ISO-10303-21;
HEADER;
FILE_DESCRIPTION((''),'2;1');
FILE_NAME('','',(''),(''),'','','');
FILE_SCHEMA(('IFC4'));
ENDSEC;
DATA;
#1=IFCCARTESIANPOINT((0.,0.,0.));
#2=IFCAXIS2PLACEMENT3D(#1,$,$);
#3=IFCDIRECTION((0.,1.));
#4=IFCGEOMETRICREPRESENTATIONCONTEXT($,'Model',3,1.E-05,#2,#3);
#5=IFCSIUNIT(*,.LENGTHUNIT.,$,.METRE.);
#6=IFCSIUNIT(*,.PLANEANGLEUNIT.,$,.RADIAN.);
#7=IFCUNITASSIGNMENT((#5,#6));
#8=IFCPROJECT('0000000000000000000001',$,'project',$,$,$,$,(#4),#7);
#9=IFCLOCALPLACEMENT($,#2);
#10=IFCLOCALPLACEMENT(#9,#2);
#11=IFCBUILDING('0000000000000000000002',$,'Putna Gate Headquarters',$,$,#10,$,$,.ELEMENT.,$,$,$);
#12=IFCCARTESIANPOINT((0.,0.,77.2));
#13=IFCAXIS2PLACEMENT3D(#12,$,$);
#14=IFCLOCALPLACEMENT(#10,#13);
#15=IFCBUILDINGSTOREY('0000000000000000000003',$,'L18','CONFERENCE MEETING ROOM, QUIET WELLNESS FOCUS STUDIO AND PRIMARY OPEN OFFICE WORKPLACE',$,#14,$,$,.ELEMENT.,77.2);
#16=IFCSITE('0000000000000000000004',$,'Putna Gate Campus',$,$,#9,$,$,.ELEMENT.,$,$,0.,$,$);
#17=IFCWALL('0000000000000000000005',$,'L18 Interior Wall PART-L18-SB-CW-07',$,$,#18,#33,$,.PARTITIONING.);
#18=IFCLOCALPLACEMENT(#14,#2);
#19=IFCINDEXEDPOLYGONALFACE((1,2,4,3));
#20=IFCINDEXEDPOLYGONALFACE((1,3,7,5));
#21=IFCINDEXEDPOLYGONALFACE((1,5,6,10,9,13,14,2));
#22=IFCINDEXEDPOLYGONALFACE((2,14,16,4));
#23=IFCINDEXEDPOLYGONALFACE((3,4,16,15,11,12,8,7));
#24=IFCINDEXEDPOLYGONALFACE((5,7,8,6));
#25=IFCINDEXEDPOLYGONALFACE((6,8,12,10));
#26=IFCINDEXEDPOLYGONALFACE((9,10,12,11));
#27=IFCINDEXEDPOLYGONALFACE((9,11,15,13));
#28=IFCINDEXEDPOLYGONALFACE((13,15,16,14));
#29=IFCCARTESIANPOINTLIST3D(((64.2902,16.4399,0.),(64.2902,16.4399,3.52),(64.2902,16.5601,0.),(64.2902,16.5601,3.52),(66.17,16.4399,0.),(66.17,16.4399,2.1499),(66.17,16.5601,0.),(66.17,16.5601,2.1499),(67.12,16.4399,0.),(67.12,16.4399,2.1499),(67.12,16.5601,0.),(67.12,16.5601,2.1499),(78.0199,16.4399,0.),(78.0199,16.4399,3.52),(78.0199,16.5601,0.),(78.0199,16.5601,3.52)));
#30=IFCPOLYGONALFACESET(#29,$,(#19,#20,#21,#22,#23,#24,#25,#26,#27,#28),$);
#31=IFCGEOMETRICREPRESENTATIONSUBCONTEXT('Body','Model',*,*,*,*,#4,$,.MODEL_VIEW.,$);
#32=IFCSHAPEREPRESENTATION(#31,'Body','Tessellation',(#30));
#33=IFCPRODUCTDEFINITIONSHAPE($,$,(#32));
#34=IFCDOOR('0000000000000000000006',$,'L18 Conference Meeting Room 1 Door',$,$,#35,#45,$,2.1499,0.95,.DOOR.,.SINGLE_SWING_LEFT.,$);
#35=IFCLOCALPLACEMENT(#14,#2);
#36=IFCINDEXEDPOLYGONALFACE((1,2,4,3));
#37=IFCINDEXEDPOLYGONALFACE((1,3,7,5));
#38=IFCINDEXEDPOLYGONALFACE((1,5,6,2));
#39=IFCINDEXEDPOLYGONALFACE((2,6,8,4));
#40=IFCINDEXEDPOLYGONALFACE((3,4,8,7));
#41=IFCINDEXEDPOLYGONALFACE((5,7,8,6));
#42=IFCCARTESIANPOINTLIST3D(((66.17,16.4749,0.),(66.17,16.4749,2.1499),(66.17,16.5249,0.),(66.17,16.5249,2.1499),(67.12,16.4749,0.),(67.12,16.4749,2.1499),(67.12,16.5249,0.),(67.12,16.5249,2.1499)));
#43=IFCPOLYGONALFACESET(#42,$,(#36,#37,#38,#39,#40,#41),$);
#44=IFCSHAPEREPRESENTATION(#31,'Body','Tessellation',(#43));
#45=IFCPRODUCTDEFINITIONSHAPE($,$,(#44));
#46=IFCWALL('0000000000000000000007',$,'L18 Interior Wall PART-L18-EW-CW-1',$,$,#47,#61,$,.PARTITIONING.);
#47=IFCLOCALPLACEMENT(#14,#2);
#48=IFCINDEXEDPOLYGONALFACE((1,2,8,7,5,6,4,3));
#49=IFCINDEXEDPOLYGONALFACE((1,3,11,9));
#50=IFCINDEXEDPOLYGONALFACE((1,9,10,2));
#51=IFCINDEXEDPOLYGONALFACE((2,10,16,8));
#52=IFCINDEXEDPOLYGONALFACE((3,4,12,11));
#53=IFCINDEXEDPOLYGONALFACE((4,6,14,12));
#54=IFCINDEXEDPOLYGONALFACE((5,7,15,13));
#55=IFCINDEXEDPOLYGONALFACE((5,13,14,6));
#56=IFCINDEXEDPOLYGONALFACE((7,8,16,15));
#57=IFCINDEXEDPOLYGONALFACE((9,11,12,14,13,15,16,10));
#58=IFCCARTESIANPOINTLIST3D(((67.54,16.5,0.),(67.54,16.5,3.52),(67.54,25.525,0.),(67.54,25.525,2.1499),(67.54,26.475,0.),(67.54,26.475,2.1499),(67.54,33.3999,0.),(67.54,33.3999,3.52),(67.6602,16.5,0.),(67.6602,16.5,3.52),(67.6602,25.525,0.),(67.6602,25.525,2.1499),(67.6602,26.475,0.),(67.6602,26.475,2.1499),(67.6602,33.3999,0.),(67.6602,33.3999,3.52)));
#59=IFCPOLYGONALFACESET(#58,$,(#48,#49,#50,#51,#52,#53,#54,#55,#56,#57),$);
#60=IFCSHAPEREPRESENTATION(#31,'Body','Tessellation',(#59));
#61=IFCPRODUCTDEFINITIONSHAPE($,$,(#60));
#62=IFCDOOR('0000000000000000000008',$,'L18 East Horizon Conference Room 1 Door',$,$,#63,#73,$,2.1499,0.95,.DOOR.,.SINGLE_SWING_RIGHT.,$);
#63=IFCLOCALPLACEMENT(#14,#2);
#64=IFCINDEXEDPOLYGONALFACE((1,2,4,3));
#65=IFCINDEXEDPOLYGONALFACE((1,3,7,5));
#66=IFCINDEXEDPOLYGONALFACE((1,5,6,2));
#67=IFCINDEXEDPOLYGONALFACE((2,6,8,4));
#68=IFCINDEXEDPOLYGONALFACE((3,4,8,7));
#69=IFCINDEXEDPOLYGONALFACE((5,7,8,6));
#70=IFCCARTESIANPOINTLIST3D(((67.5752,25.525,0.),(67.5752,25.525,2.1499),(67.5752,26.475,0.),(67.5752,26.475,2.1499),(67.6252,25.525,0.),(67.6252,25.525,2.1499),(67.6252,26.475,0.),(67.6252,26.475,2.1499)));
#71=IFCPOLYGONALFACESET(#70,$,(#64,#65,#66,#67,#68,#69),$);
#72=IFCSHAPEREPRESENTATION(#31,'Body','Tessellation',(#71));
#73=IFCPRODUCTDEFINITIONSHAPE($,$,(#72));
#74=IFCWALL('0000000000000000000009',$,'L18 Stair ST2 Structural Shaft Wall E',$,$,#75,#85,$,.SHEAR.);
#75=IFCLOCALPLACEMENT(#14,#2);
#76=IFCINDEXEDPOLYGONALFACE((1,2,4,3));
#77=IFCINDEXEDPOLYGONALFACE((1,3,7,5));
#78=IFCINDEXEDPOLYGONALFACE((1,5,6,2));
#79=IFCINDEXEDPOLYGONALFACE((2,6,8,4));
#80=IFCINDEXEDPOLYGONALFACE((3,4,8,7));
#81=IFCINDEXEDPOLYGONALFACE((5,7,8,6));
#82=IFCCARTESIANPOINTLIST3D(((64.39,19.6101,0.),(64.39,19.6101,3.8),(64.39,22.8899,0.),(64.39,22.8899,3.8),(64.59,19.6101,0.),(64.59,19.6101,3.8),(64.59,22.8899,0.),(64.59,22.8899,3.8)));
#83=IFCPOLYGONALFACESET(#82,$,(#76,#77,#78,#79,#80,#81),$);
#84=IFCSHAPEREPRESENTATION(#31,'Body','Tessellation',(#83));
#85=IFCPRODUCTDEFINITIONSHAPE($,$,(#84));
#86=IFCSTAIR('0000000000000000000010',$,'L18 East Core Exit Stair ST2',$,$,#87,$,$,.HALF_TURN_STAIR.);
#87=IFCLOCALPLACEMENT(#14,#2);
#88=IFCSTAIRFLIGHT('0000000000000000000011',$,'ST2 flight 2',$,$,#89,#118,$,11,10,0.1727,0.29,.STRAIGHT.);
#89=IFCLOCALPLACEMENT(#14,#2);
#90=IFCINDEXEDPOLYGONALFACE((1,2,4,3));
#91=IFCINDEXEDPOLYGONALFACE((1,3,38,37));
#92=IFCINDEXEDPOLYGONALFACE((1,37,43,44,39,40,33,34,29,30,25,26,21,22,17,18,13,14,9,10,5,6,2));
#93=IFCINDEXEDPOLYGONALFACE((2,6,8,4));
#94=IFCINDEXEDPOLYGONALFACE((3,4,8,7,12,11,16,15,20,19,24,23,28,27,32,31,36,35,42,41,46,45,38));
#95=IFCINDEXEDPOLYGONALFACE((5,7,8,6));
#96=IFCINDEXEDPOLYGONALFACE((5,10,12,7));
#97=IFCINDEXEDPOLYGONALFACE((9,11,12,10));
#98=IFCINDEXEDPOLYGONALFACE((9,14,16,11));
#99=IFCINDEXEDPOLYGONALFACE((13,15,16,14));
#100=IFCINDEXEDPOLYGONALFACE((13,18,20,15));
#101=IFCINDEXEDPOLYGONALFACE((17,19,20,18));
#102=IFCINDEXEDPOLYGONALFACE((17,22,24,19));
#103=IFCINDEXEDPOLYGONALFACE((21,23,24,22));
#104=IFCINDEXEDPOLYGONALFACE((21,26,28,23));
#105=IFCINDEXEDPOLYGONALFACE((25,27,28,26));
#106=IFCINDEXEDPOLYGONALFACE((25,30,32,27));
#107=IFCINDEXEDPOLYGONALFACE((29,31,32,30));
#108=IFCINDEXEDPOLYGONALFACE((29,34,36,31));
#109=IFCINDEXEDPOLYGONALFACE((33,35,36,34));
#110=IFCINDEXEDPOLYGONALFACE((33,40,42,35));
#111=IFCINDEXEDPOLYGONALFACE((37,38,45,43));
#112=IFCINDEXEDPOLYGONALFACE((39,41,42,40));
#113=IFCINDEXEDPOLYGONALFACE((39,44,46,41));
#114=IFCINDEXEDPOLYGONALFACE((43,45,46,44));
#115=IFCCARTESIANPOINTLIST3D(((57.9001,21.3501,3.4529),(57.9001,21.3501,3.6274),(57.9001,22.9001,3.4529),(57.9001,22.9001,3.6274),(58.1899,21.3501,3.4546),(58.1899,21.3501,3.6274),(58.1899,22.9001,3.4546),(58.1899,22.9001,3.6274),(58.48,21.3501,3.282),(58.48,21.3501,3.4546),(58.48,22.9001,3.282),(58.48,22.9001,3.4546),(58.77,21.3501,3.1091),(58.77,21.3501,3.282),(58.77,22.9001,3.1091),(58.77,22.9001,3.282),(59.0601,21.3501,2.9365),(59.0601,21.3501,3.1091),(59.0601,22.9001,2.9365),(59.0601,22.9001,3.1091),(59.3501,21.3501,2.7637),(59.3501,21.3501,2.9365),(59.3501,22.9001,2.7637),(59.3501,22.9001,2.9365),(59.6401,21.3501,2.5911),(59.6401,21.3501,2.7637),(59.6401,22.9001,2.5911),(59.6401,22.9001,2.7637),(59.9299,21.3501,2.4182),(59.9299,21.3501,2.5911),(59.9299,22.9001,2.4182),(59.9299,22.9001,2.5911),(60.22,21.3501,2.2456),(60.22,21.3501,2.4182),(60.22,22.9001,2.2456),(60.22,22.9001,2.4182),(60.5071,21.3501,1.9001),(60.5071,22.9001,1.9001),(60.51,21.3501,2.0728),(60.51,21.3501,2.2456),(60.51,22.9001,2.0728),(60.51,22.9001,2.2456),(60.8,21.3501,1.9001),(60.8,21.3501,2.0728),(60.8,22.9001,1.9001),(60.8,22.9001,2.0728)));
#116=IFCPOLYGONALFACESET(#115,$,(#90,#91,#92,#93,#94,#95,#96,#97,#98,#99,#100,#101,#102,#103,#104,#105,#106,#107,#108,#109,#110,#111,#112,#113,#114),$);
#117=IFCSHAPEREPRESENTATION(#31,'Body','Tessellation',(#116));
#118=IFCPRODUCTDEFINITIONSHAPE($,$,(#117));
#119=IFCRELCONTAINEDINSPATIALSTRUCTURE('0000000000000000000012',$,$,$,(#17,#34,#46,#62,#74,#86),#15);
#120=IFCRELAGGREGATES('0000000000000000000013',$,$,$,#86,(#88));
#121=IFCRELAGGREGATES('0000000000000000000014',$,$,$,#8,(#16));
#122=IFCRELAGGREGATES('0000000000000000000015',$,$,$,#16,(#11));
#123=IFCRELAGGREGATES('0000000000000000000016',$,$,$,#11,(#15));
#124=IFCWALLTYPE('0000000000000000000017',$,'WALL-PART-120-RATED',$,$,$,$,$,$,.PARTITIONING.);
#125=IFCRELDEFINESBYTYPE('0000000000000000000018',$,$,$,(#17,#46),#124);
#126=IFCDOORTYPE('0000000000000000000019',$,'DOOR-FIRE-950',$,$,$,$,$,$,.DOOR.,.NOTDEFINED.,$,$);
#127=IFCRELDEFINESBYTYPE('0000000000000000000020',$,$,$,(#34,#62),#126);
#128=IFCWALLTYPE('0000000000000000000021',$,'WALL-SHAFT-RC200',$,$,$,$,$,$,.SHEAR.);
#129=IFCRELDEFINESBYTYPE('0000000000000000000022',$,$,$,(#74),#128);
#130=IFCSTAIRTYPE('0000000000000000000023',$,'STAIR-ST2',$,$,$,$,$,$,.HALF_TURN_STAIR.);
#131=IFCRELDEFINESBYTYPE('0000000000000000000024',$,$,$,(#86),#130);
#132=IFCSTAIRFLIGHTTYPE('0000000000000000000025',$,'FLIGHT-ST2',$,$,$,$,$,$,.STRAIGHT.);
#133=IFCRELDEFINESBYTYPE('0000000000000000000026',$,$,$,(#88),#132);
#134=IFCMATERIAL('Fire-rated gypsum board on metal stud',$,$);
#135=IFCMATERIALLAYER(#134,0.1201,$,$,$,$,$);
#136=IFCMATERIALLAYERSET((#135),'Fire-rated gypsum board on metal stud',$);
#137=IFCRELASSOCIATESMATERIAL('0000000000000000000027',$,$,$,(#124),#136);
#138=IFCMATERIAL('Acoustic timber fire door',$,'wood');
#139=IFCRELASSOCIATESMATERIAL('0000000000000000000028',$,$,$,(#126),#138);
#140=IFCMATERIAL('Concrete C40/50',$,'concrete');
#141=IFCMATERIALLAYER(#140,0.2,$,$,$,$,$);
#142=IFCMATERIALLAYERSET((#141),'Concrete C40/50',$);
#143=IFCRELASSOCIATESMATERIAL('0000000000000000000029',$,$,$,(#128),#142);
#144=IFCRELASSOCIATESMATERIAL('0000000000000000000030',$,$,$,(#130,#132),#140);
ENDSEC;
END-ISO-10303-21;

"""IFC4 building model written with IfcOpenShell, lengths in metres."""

from ifc_helpers import new_model, si_unit, direction, frame, frame_2d, origin, place, context, subcontext, project, spatial, polyline, rectangle, outline, extrude, material, layer, layer_set, type_object, element, fill, aggregate, save


model = new_model("IFC4")

# Units and contexts
model_context = context("Model", 3, precision=1e-05, world=origin(), true_north=direction((0.0, 1.0)))
body_context = subcontext(model_context, "Body", "Model", "MODEL_VIEW")
ifc_project = project(units=[si_unit("LENGTHUNIT", "METRE"), si_unit("PLANEANGLEUNIT", "RADIAN")], contexts=[model_context])

# Site, building, storey
site_placement = place(None, origin())
site = spatial("IfcSite", under=ifc_project, at=site_placement, Name="Putna Gate Campus", CompositionType="ELEMENT", RefElevation=0.0)
building_placement = place(site_placement, origin())
building = spatial("IfcBuilding", under=site, at=building_placement, Name="Putna Gate Headquarters", CompositionType="ELEMENT")
storey_placement = place(building_placement, frame((0.0, 0.0, 77.2)))
storey = spatial("IfcBuildingStorey", under=building, at=storey_placement, Name="L18", Description="CONFERENCE MEETING ROOM, QUIET WELLNESS FOCUS STUDIO AND PRIMARY OPEN OFFICE WORKPLACE", CompositionType="ELEMENT", Elevation=77.2)

# Walls, openings, doors
ifc_material_1 = material(Name="Fire-rated gypsum board on metal stud")
ifc_layer_1 = layer(ifc_material_1, 0.1201)
ifc_layer_set_1 = layer_set([ifc_layer_1], Name="Fire-rated gypsum board on metal stud")
wall_type_1 = type_object("IfcWallType", Name="WALL-PART-120-RATED", PredefinedType="PARTITIONING", material=ifc_layer_set_1)
wall_1_placement = place(storey_placement, frame((64.2903, 16.5, 0.0), z_axis=(0.0, 0.0, 1.0), x_axis=(1.0, 0.0, 0.0)))
wall_1 = element("IfcWall", 1, at=wall_1_placement, inside=storey, type_object=wall_type_1, Name="L18 Interior Wall PART-L18-SB-CW-07", PredefinedType="PARTITIONING", context=body_context, shape_type="SweptSolid", body=[
    extrude(rectangle(XDim=13.7297, YDim=0.1201, at=frame_2d((6.8647, 0.0))), origin(), (0.0, 0.0, 1.0), 3.52),
])
opening_1_placement = place(wall_1_placement, frame((1.8796, 0.0, 0.0)))
opening_1 = element("IfcOpeningElement", 2, at=opening_1_placement, cuts=wall_1, PredefinedType="OPENING", context=body_context, shape_type="SweptSolid", body=[
    extrude(rectangle(XDim=0.95, YDim=2.1499, at=frame_2d((0.4751, 1.075))), frame((0.0, 0.0701, 0.0), z_axis=(0.0, -1.0, 0.0), x_axis=(1.0, 0.0, 0.0)), (0.0, 0.0, 1.0), 0.1401),
])
ifc_material_2 = material(Name="Acoustic timber fire door", Category="wood")
door_type_1 = type_object("IfcDoorType", Name="DOOR-FIRE-950", OperationType="NOTDEFINED", PredefinedType="DOOR", material=ifc_material_2)
door_1_placement = place(opening_1_placement, origin())
door_1 = element("IfcDoor", 3, at=door_1_placement, inside=storey, type_object=door_type_1, Name="L18 Conference Meeting Room 1 Door", OperationType="SINGLE_SWING_LEFT", OverallHeight=2.1499, OverallWidth=0.95, PredefinedType="DOOR", context=body_context, shape_type="SweptSolid", body=[
    extrude(rectangle(XDim=0.95, YDim=2.1499, at=frame_2d((0.4751, 1.075))), frame((0.0, 0.0249, 0.0), z_axis=(0.0, -1.0, 0.0), x_axis=(1.0, 0.0, 0.0)), (0.0, 0.0, 1.0), 0.05),
])
fill(opening_1, door_1)
wall_2_placement = place(storey_placement, frame((67.6001, 16.5, 0.0), z_axis=(0.0, 0.0, 1.0), x_axis=(0.0, 1.0, 0.0)))
wall_2 = element("IfcWall", 4, at=wall_2_placement, inside=storey, type_object=wall_type_1, Name="L18 Interior Wall PART-L18-EW-CW-1", PredefinedType="PARTITIONING", context=body_context, shape_type="SweptSolid", body=[
    extrude(rectangle(XDim=16.8999, YDim=0.1201, at=frame_2d((8.45, 0.0))), origin(), (0.0, 0.0, 1.0), 3.52),
])
opening_2_placement = place(wall_2_placement, frame((9.0249, 0.0, 0.0)))
opening_2 = element("IfcOpeningElement", 5, at=opening_2_placement, cuts=wall_2, PredefinedType="OPENING", context=body_context, shape_type="SweptSolid", body=[
    extrude(rectangle(XDim=0.95, YDim=2.1499, at=frame_2d((0.4751, 1.075))), frame((0.0, 0.0701, 0.0), z_axis=(0.0, -1.0, 0.0), x_axis=(1.0, 0.0, 0.0)), (0.0, 0.0, 1.0), 0.1401),
])
door_2_placement = place(opening_2_placement, origin())
door_2 = element("IfcDoor", 6, at=door_2_placement, inside=storey, type_object=door_type_1, Name="L18 East Horizon Conference Room 1 Door", OperationType="SINGLE_SWING_RIGHT", OverallHeight=2.1499, OverallWidth=0.95, PredefinedType="DOOR", context=body_context, shape_type="SweptSolid", body=[
    extrude(rectangle(XDim=0.95, YDim=2.1499, at=frame_2d((0.4751, 1.075))), frame((0.0, 0.0249, 0.0), z_axis=(0.0, -1.0, 0.0), x_axis=(1.0, 0.0, 0.0)), (0.0, 0.0, 1.0), 0.05),
])
fill(opening_2, door_2)

# Wall
ifc_material_3 = material(Name="Concrete C40/50", Category="concrete")
ifc_layer_2 = layer(ifc_material_3, 0.2)
ifc_layer_set_2 = layer_set([ifc_layer_2], Name="Concrete C40/50")
wall_type_2 = type_object("IfcWallType", Name="WALL-SHAFT-RC200", PredefinedType="SHEAR", material=ifc_layer_set_2)
wall_3_placement = place(storey_placement, frame((64.49, 19.6101, 0.0), z_axis=(0.0, 0.0, 1.0), x_axis=(0.0, 1.0, 0.0)))
element("IfcWall", 7, at=wall_3_placement, inside=storey, type_object=wall_type_2, Name="L18 Stair ST2 Structural Shaft Wall E", PredefinedType="SHEAR", context=body_context, shape_type="SweptSolid", body=[
    extrude(rectangle(XDim=3.2798, YDim=0.2, at=frame_2d((1.6399, 0.0))), origin(), (0.0, 0.0, 1.0), 3.8),
])

# Stair, stair flight
stair_type = type_object("IfcStairType", Name="STAIR-ST2", PredefinedType="HALF_TURN_STAIR", material=ifc_material_3)
stair_placement = place(storey_placement, origin())
stair = element("IfcStair", 8, at=stair_placement, inside=storey, type_object=stair_type, Name="L18 East Core Exit Stair ST2", PredefinedType="HALF_TURN_STAIR")
stair_flight_type = type_object("IfcStairFlightType", Name="FLIGHT-ST2", PredefinedType="STRAIGHT", material=ifc_material_3)
stair_flight_placement = place(storey_placement, frame((60.8, 22.125, 1.9001), z_axis=(0.0, 0.0, 1.0), x_axis=(-1.0, 0.0, 0.0)))
stair_flight = element("IfcStairFlight", 9, at=stair_flight_placement, type_object=stair_flight_type, Name="ST2 flight 2", NumberOfRisers=11, NumberOfTreads=10, PredefinedType="STRAIGHT", RiserHeight=0.1727, TreadLength=0.29, context=body_context, shape_type="SweptSolid", body=[
    extrude(outline(polyline([(0.0, 0.0), (0.0, 0.1726), (0.29, 0.1726), (0.29, 0.3455), (0.5801, 0.3455), (0.5801, 0.5181), (0.8701, 0.5181), (0.8701, 0.6909), (1.1599, 0.6909), (1.1599, 0.8635), (1.45, 0.8635), (1.45, 1.0364), (1.74, 1.0364), (1.74, 1.209), (2.03, 1.209), (2.03, 1.3818), (2.3201, 1.3818), (2.3201, 1.5544), (2.6101, 1.5544), (2.6101, 1.7273), (2.8999, 1.7273), (2.8999, 1.8999), (2.8999, 1.5527), (0.293, 0.0), (0.0, 0.0)])), frame((0.0, 0.7749, 0.0), z_axis=(0.0, -1.0, 0.0), x_axis=(1.0, 0.0, 0.0)), (0.0, 0.0, 1.0), 1.55),
])
aggregate(stair, [stair_flight])

save(model, "model.ifc")
